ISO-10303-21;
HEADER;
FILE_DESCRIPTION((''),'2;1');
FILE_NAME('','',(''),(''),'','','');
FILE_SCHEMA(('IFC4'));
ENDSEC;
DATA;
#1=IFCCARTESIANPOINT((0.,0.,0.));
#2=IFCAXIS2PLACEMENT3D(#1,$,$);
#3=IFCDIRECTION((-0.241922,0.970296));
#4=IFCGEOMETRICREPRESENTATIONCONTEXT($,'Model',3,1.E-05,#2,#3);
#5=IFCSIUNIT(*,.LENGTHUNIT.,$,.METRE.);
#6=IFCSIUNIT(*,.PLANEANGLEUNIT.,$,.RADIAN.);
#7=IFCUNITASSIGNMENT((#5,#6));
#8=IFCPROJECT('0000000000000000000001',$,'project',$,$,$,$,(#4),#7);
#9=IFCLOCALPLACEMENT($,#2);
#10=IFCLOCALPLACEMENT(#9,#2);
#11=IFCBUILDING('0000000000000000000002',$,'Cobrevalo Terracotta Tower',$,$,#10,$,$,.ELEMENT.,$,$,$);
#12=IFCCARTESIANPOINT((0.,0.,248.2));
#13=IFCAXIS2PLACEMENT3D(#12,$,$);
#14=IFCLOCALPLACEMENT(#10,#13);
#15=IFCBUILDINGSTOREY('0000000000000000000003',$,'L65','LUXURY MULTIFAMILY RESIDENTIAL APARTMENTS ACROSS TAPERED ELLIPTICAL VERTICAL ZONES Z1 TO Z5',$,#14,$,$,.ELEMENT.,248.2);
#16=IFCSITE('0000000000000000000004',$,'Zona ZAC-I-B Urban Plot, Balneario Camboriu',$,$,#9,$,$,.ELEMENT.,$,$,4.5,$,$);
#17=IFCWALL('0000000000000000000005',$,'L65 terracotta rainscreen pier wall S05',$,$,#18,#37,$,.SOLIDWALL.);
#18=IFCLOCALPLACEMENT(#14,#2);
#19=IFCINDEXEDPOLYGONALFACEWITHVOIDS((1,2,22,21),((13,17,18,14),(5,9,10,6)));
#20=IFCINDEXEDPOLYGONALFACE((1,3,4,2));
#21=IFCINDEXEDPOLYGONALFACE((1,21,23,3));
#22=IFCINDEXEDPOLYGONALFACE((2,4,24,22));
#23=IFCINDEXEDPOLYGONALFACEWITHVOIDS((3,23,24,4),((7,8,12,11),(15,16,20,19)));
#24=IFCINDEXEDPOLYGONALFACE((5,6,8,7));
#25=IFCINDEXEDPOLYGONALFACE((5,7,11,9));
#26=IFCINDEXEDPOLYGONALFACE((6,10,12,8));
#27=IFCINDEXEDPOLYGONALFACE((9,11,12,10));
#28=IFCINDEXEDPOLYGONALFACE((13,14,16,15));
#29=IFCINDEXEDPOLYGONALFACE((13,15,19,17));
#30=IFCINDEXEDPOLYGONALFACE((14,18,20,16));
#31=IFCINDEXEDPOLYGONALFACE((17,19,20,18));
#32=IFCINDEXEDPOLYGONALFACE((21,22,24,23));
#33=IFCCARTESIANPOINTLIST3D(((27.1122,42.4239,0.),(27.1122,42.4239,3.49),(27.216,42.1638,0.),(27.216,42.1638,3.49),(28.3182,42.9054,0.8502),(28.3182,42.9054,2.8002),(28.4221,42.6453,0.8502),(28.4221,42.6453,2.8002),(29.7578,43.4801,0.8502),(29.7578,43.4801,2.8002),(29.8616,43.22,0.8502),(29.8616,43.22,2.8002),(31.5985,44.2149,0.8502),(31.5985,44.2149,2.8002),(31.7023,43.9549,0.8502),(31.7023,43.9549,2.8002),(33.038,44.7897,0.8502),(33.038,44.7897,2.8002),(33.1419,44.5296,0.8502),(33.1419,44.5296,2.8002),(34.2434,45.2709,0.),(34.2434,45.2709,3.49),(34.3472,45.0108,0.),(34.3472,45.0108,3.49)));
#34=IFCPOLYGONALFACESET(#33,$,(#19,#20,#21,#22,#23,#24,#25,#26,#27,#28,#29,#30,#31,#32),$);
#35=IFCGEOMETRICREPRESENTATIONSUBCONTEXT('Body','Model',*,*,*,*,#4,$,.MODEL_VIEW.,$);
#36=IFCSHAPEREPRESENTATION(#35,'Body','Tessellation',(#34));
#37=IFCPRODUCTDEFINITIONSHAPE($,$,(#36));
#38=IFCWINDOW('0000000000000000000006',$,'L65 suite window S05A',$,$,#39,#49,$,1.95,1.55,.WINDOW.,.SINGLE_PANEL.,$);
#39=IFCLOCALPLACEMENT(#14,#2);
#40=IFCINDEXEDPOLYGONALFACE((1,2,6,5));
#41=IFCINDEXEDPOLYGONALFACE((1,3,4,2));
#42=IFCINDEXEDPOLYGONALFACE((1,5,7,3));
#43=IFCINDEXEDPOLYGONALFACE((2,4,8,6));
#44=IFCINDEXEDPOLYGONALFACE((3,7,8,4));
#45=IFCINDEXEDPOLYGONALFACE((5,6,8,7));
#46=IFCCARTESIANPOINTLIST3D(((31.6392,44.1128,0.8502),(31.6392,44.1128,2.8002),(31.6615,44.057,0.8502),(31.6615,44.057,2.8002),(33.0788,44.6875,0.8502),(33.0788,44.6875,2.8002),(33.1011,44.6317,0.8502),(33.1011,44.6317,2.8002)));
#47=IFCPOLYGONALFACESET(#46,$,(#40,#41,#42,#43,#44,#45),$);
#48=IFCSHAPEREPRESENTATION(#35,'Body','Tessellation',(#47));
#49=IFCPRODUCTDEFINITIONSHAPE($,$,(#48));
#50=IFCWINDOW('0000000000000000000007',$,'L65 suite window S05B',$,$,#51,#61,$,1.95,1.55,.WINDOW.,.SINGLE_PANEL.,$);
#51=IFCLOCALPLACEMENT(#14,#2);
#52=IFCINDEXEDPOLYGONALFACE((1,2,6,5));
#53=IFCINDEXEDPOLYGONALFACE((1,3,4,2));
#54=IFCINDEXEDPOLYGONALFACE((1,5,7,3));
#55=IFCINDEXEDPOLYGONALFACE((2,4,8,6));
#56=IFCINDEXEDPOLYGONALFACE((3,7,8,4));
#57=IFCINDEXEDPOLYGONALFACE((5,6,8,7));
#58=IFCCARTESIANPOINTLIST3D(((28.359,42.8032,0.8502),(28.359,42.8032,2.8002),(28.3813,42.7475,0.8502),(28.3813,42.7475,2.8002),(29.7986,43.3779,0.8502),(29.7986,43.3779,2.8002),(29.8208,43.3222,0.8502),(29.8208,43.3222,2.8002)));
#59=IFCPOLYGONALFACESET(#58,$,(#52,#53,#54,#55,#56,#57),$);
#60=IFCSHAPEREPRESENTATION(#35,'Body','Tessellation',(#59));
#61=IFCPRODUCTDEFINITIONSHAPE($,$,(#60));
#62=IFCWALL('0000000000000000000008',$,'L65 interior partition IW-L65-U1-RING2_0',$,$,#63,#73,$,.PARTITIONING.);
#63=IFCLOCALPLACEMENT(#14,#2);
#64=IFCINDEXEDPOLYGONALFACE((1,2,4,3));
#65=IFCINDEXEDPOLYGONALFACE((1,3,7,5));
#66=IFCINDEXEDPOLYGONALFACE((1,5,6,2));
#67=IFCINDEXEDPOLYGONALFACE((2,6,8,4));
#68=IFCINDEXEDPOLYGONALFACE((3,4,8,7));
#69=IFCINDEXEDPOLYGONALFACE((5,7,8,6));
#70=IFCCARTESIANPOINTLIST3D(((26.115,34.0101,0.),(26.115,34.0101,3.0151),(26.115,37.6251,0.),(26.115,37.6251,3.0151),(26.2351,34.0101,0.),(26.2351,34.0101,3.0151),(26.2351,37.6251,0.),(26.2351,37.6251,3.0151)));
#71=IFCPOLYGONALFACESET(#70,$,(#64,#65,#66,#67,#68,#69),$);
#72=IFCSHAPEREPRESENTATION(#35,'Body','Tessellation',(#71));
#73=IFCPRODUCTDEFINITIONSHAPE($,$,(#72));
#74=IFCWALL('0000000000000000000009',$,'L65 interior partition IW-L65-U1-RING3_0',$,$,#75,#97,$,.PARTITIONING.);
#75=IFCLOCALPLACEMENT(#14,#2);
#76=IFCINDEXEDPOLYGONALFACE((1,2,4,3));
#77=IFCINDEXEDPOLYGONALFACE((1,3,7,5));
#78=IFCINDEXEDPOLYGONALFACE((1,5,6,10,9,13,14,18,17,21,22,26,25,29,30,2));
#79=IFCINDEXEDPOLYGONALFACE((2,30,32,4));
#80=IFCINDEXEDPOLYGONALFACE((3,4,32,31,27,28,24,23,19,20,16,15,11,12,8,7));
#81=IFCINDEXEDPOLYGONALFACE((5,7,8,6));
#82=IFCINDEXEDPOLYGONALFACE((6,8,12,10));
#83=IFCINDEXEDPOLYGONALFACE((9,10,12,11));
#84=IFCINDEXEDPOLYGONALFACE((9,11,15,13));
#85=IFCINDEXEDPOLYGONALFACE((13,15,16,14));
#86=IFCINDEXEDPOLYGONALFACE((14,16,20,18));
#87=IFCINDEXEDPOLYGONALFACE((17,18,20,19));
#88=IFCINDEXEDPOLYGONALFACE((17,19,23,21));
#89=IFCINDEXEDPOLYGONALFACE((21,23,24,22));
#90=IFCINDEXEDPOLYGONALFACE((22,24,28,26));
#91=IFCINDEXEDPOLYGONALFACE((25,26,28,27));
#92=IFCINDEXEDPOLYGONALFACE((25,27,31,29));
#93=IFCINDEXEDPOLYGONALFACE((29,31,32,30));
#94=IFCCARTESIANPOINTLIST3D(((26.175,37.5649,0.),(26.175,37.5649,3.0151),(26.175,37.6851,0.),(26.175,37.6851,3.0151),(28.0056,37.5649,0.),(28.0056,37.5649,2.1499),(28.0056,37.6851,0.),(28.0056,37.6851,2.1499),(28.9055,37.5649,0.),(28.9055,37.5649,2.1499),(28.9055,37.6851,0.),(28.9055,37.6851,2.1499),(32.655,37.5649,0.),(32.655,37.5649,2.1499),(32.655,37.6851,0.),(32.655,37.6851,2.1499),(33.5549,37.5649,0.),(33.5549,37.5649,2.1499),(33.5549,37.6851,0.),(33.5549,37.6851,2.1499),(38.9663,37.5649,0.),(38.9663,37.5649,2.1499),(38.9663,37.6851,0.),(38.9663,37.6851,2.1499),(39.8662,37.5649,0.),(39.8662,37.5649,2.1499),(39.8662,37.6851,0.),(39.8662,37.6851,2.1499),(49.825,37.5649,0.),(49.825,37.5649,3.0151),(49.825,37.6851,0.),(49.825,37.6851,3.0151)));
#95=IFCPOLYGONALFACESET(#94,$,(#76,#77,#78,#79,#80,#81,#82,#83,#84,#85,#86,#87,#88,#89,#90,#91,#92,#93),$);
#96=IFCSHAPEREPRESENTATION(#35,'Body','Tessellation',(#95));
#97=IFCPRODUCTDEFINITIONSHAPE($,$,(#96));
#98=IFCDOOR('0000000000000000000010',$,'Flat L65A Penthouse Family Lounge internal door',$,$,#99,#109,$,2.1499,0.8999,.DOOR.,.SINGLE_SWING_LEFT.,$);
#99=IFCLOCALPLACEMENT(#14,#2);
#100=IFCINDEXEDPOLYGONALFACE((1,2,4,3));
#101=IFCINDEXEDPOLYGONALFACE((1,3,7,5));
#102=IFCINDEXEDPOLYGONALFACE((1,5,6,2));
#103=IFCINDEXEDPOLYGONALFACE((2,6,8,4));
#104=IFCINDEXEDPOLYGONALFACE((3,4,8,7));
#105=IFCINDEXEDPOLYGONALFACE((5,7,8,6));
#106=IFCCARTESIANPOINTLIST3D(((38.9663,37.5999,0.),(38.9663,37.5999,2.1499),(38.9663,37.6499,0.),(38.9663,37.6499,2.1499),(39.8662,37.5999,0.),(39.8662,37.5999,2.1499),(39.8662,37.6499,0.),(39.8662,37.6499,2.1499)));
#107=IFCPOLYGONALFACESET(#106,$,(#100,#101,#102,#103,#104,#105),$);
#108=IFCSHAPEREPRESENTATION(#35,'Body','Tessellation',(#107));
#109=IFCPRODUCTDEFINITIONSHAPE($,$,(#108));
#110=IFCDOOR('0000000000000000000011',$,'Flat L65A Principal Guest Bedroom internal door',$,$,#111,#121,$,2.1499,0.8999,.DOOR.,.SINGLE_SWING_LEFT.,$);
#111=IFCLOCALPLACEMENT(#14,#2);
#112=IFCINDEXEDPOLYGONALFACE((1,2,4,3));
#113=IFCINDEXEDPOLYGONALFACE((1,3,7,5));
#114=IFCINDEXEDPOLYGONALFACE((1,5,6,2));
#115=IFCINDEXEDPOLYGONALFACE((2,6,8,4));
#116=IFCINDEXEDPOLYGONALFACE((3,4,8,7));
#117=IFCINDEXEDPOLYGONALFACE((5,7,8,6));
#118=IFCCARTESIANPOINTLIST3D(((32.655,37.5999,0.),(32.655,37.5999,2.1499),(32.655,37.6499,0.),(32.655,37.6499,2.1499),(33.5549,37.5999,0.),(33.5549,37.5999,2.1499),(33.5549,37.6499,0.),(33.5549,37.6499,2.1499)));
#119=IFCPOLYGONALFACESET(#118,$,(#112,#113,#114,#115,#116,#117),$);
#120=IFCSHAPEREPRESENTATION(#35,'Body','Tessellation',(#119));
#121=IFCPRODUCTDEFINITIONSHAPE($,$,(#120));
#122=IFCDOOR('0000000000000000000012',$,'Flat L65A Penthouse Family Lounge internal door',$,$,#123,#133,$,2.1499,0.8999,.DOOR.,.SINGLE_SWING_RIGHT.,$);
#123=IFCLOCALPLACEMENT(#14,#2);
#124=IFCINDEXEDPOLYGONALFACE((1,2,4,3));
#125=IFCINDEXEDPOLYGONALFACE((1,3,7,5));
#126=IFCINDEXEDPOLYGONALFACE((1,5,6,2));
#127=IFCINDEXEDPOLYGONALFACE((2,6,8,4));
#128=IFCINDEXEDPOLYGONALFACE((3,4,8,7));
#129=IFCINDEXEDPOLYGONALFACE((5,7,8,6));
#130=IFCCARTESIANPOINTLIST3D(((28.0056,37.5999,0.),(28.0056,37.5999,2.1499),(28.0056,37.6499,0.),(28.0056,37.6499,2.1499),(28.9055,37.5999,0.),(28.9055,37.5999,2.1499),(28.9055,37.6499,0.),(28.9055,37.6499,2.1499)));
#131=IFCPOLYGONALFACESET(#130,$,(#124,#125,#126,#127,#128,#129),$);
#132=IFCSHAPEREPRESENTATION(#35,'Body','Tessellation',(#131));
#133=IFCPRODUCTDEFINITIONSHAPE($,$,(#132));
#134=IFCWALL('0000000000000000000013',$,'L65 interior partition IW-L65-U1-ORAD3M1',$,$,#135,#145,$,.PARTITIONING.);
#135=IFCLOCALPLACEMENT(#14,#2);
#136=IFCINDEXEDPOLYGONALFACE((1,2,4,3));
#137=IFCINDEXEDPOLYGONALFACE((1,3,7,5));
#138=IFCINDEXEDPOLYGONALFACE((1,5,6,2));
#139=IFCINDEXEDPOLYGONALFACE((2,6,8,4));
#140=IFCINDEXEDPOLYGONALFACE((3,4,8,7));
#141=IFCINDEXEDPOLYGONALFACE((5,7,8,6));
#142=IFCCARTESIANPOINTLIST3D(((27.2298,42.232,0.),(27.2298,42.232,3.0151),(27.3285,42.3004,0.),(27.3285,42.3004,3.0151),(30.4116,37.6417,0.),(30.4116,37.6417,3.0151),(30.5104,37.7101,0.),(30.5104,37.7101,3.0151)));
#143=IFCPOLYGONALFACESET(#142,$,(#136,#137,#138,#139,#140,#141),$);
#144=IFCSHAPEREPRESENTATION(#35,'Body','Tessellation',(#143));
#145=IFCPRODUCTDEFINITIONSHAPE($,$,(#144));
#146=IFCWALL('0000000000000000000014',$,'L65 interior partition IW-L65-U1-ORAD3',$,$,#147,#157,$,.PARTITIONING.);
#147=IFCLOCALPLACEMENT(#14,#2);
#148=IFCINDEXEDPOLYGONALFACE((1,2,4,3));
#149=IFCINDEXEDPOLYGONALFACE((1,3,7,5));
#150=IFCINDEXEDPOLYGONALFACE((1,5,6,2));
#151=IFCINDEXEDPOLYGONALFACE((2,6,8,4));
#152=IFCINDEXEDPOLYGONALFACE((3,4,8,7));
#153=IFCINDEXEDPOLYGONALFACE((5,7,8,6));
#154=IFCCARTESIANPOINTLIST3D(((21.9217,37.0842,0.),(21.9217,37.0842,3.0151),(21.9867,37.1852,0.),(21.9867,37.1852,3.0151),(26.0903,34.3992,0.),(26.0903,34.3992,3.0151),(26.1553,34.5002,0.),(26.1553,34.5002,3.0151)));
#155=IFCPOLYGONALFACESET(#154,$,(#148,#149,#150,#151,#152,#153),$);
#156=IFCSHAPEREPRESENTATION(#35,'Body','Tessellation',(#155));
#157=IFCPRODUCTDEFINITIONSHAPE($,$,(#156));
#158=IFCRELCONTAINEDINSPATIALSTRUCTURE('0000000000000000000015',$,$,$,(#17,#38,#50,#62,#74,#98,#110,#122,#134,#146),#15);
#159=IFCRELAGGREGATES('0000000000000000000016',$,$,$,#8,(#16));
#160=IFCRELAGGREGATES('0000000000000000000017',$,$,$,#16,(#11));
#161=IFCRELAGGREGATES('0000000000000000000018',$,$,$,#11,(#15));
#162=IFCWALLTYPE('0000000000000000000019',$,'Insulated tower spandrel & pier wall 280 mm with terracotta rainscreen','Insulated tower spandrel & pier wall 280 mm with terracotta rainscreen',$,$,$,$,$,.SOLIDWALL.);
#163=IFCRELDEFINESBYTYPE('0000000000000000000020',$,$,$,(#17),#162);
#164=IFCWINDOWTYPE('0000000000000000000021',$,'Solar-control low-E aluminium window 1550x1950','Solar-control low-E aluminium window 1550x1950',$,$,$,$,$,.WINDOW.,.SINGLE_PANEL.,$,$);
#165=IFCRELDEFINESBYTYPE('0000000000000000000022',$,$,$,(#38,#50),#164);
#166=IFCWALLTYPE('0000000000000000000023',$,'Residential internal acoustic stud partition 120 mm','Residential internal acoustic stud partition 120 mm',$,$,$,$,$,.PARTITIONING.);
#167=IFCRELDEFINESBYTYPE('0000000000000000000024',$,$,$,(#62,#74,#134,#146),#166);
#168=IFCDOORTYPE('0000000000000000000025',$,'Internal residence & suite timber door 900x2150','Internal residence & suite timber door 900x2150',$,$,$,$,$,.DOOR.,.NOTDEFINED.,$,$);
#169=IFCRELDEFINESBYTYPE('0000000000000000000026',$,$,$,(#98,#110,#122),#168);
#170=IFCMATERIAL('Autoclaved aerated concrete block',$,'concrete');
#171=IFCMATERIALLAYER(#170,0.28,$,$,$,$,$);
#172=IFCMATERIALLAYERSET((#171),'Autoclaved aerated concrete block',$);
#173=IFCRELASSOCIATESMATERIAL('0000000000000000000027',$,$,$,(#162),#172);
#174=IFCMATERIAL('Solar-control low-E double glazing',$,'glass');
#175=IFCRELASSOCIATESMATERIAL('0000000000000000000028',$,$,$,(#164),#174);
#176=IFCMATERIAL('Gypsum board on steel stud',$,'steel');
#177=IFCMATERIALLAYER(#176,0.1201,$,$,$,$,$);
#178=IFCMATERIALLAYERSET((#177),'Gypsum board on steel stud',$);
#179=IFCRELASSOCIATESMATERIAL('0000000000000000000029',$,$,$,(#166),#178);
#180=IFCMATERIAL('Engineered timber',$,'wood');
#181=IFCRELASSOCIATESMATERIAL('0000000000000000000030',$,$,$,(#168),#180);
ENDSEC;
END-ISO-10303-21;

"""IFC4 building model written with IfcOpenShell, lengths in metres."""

from ifc_helpers import new_model, si_unit, direction, frame, frame_2d, origin, place, context, subcontext, project, spatial, rectangle, extrude, source, transform, mapped, material, layer, layer_set, type_object, element, fill, save


model = new_model("IFC4")

# Units and contexts
model_context = context("Model", 3, precision=1e-05, world=origin(), true_north=direction((-0.241922, 0.970296)))
body_context = subcontext(model_context, "Body", "Model", "MODEL_VIEW")
ifc_project = project(units=[si_unit("LENGTHUNIT", "METRE"), si_unit("PLANEANGLEUNIT", "RADIAN")], contexts=[model_context])

# Site, building, storey
site_placement = place(None, origin())
site = spatial("IfcSite", under=ifc_project, at=site_placement, Name="Zona ZAC-I-B Urban Plot, Balneario Camboriu", CompositionType="ELEMENT", RefElevation=4.5)
building_placement = place(site_placement, origin())
building = spatial("IfcBuilding", under=site, at=building_placement, Name="Cobrevalo Terracotta Tower", CompositionType="ELEMENT")
storey_placement = place(building_placement, frame((0.0, 0.0, 248.2)))
storey = spatial("IfcBuildingStorey", under=building, at=storey_placement, Name="L65", Description="LUXURY MULTIFAMILY RESIDENTIAL APARTMENTS ACROSS TAPERED ELLIPTICAL VERTICAL ZONES Z1 TO Z5", CompositionType="ELEMENT", Elevation=248.2)

# Wall, openings, windows
ifc_material_1 = material(Name="Autoclaved aerated concrete block", Category="concrete")
ifc_layer_1 = layer(ifc_material_1, 0.28)
ifc_layer_set_1 = layer_set([ifc_layer_1], Name="Autoclaved aerated concrete block")
wall_type_1 = type_object("IfcWallType", Name="Insulated tower spandrel & pier wall 280 mm with terracotta rainscreen", Description="Insulated tower spandrel & pier wall 280 mm with terracotta rainscreen", PredefinedType="SOLIDWALL", material=ifc_layer_set_1)
wall_1_placement = place(storey_placement, frame((34.2954, 45.1409, 0.0), z_axis=(0.0, 0.0, 1.0), x_axis=(-0.928724, -0.370771, 0.0)))
wall_1 = element("IfcWall", 1, at=wall_1_placement, inside=storey, type_object=wall_type_1, Name="L65 terracotta rainscreen pier wall S05", PredefinedType="SOLIDWALL", context=body_context, shape_type="SweptSolid", body=[
    extrude(rectangle(XDim=7.6785, YDim=0.28, at=frame_2d((3.8394, 0.0))), origin(), (0.0, 0.0, 1.0), 3.49),
])
opening_1_placement = place(wall_1_placement, frame((1.2981, 0.0, 0.8501)))
opening_1 = element("IfcOpeningElement", 2, at=opening_1_placement, cuts=wall_1, PredefinedType="OPENING", context=body_context, shape_type="SweptSolid", body=[
    extrude(rectangle(XDim=1.55, YDim=1.95, at=frame_2d((0.7749, 0.9751))), frame((0.0, 0.1499, 0.0), z_axis=(0.0, -1.0, 0.0), x_axis=(1.0, 0.0, 0.0)), (0.0, 0.0, 1.0), 0.3),
])
opening_2_placement = place(wall_1_placement, frame((4.8301, 0.0, 0.8501)))
opening_2 = element("IfcOpeningElement", 3, at=opening_2_placement, cuts=wall_1, PredefinedType="OPENING", context=body_context, shape_type="SweptSolid", body=[
    extrude(rectangle(XDim=1.55, YDim=1.95, at=frame_2d((0.7749, 0.9751))), frame((0.0, 0.1499, 0.0), z_axis=(0.0, -1.0, 0.0), x_axis=(1.0, 0.0, 0.0)), (0.0, 0.0, 1.0), 0.3),
])
ifc_material_2 = material(Name="Solar-control low-E double glazing", Category="glass")
window_type = type_object("IfcWindowType", Name="Solar-control low-E aluminium window 1550x1950", Description="Solar-control low-E aluminium window 1550x1950", PartitioningType="SINGLE_PANEL", PredefinedType="WINDOW", material=ifc_material_2)
shared_shape_1 = source(origin(), body_context, "Body", "SweptSolid", [
    extrude(rectangle(XDim=1.55, YDim=1.95, at=frame_2d((0.7749, 0.9751))), frame((0.0, 0.03, 0.0), z_axis=(0.0, -1.0, 0.0), x_axis=(1.0, 0.0, 0.0)), (0.0, 0.0, 1.0), 0.0601),
])
window_1_placement = place(opening_1_placement, origin())
window_1 = element("IfcWindow", 4, at=window_1_placement, inside=storey, type_object=window_type, Name="L65 suite window S05A", OverallHeight=1.95, OverallWidth=1.55, PartitioningType="SINGLE_PANEL", PredefinedType="WINDOW", context=body_context, shape_type="MappedRepresentation", body=[
    mapped(shared_shape_1, transform((0.0, 0.0, 0.0), scale=1.0)),
])
fill(opening_1, window_1)
window_2_placement = place(opening_2_placement, origin())
window_2 = element("IfcWindow", 5, at=window_2_placement, inside=storey, type_object=window_type, Name="L65 suite window S05B", OverallHeight=1.95, OverallWidth=1.55, PartitioningType="SINGLE_PANEL", PredefinedType="WINDOW", context=body_context, shape_type="MappedRepresentation", body=[
    mapped(shared_shape_1, transform((0.0, 0.0, 0.0), scale=1.0)),
])
fill(opening_2, window_2)

# Wall
ifc_material_3 = material(Name="Gypsum board on steel stud", Category="steel")
ifc_layer_2 = layer(ifc_material_3, 0.1201)
ifc_layer_set_2 = layer_set([ifc_layer_2], Name="Gypsum board on steel stud")
wall_type_2 = type_object("IfcWallType", Name="Residential internal acoustic stud partition 120 mm", Description="Residential internal acoustic stud partition 120 mm", PredefinedType="PARTITIONING", material=ifc_layer_set_2)
wall_2_placement = place(storey_placement, frame((26.175, 34.01, 0.0), z_axis=(0.0, 0.0, 1.0), x_axis=(0.0, 1.0, 0.0)))
element("IfcWall", 6, at=wall_2_placement, inside=storey, type_object=wall_type_2, Name="L65 interior partition IW-L65-U1-RING2_0", PredefinedType="PARTITIONING", context=body_context, shape_type="SweptSolid", body=[
    extrude(rectangle(XDim=3.615, YDim=0.1201, at=frame_2d((1.8076, 0.0))), origin(), (0.0, 0.0, 1.0), 3.0151),
])

# Wall, openings, doors
wall_3_placement = place(storey_placement, frame((26.175, 37.625, 0.0), z_axis=(0.0, 0.0, 1.0), x_axis=(1.0, 0.0, 0.0)))
wall_3 = element("IfcWall", 7, at=wall_3_placement, inside=storey, type_object=wall_type_2, Name="L65 interior partition IW-L65-U1-RING3_0", PredefinedType="PARTITIONING", context=body_context, shape_type="SweptSolid", body=[
    extrude(rectangle(XDim=23.6499, YDim=0.1201, at=frame_2d((11.825, 0.0))), origin(), (0.0, 0.0, 1.0), 3.0151),
])
opening_3_placement = place(wall_3_placement, frame((12.7913, 0.0, 0.0)))
opening_3 = element("IfcOpeningElement", 8, at=opening_3_placement, cuts=wall_3, PredefinedType="OPENING", context=body_context, shape_type="SweptSolid", body=[
    extrude(rectangle(XDim=0.8999, YDim=2.1499, at=frame_2d((0.45, 1.075))), frame((0.0, 0.0701, 0.0), z_axis=(0.0, -1.0, 0.0), x_axis=(1.0, 0.0, 0.0)), (0.0, 0.0, 1.0), 0.1401),
])
opening_4_placement = place(wall_3_placement, frame((6.48, 0.0, 0.0)))
opening_4 = element("IfcOpeningElement", 9, at=opening_4_placement, cuts=wall_3, PredefinedType="OPENING", context=body_context, shape_type="SweptSolid", body=[
    extrude(rectangle(XDim=0.8999, YDim=2.1499, at=frame_2d((0.45, 1.075))), frame((0.0, 0.0701, 0.0), z_axis=(0.0, -1.0, 0.0), x_axis=(1.0, 0.0, 0.0)), (0.0, 0.0, 1.0), 0.1401),
])
opening_5_placement = place(wall_3_placement, frame((1.8306, 0.0, 0.0)))
opening_5 = element("IfcOpeningElement", 10, at=opening_5_placement, cuts=wall_3, PredefinedType="OPENING", context=body_context, shape_type="SweptSolid", body=[
    extrude(rectangle(XDim=0.8999, YDim=2.1499, at=frame_2d((0.45, 1.075))), frame((0.0, 0.0701, 0.0), z_axis=(0.0, -1.0, 0.0), x_axis=(1.0, 0.0, 0.0)), (0.0, 0.0, 1.0), 0.1401),
])
ifc_material_4 = material(Name="Engineered timber", Category="wood")
door_type = type_object("IfcDoorType", Name="Internal residence & suite timber door 900x2150", Description="Internal residence & suite timber door 900x2150", OperationType="NOTDEFINED", PredefinedType="DOOR", material=ifc_material_4)
shared_shape_2 = source(origin(), body_context, "Body", "SweptSolid", [
    extrude(rectangle(XDim=0.8999, YDim=2.1499, at=frame_2d((0.45, 1.075))), frame((0.0, 0.0249, 0.0), z_axis=(0.0, -1.0, 0.0), x_axis=(1.0, 0.0, 0.0)), (0.0, 0.0, 1.0), 0.05),
])
door_1_placement = place(opening_3_placement, origin())
door_1 = element("IfcDoor", 11, at=door_1_placement, inside=storey, type_object=door_type, Name="Flat L65A Penthouse Family Lounge internal door", OperationType="SINGLE_SWING_LEFT", OverallHeight=2.1499, OverallWidth=0.8999, PredefinedType="DOOR", context=body_context, shape_type="MappedRepresentation", body=[
    mapped(shared_shape_2, transform((0.0, 0.0, 0.0), scale=1.0)),
])
fill(opening_3, door_1)
door_2_placement = place(opening_4_placement, origin())
door_2 = element("IfcDoor", 12, at=door_2_placement, inside=storey, type_object=door_type, Name="Flat L65A Principal Guest Bedroom internal door", OperationType="SINGLE_SWING_LEFT", OverallHeight=2.1499, OverallWidth=0.8999, PredefinedType="DOOR", context=body_context, shape_type="MappedRepresentation", body=[
    mapped(shared_shape_2, transform((0.0, 0.0, 0.0), scale=1.0)),
])
fill(opening_4, door_2)
door_3_placement = place(opening_5_placement, origin())
door_3 = element("IfcDoor", 13, at=door_3_placement, inside=storey, type_object=door_type, Name="Flat L65A Penthouse Family Lounge internal door", OperationType="SINGLE_SWING_RIGHT", OverallHeight=2.1499, OverallWidth=0.8999, PredefinedType="DOOR", context=body_context, shape_type="MappedRepresentation", body=[
    mapped(shared_shape_2, transform((0.0, 0.0, 0.0), scale=1.0)),
])
fill(opening_5, door_3)

# Walls
wall_4_placement = place(storey_placement, frame((30.4609, 37.676, 0.0), z_axis=(0.0, 0.0, 1.0), x_axis=(-0.569689, 0.82186, 0.0)))
element("IfcWall", 14, at=wall_4_placement, inside=storey, type_object=wall_type_2, Name="L65 interior partition IW-L65-U1-ORAD3M1", PredefinedType="PARTITIONING", context=body_context, shape_type="SweptSolid", body=[
    extrude(rectangle(XDim=5.5852, YDim=0.1201, at=frame_2d((2.7925, 0.0))), origin(), (0.0, 0.0, 1.0), 3.0151),
])
wall_5_placement = place(storey_placement, frame((26.1228, 34.4497, 0.0), z_axis=(0.0, 0.0, 1.0), x_axis=(-0.840703, 0.541496, 0.0)))
element("IfcWall", 15, at=wall_5_placement, inside=storey, type_object=wall_type_2, Name="L65 interior partition IW-L65-U1-ORAD3", PredefinedType="PARTITIONING", context=body_context, shape_type="SweptSolid", body=[
    extrude(rectangle(XDim=4.9585, YDim=0.1201, at=frame_2d((2.4792, 0.0))), origin(), (0.0, 0.0, 1.0), 3.0151),
])

save(model, "model.ifc")
